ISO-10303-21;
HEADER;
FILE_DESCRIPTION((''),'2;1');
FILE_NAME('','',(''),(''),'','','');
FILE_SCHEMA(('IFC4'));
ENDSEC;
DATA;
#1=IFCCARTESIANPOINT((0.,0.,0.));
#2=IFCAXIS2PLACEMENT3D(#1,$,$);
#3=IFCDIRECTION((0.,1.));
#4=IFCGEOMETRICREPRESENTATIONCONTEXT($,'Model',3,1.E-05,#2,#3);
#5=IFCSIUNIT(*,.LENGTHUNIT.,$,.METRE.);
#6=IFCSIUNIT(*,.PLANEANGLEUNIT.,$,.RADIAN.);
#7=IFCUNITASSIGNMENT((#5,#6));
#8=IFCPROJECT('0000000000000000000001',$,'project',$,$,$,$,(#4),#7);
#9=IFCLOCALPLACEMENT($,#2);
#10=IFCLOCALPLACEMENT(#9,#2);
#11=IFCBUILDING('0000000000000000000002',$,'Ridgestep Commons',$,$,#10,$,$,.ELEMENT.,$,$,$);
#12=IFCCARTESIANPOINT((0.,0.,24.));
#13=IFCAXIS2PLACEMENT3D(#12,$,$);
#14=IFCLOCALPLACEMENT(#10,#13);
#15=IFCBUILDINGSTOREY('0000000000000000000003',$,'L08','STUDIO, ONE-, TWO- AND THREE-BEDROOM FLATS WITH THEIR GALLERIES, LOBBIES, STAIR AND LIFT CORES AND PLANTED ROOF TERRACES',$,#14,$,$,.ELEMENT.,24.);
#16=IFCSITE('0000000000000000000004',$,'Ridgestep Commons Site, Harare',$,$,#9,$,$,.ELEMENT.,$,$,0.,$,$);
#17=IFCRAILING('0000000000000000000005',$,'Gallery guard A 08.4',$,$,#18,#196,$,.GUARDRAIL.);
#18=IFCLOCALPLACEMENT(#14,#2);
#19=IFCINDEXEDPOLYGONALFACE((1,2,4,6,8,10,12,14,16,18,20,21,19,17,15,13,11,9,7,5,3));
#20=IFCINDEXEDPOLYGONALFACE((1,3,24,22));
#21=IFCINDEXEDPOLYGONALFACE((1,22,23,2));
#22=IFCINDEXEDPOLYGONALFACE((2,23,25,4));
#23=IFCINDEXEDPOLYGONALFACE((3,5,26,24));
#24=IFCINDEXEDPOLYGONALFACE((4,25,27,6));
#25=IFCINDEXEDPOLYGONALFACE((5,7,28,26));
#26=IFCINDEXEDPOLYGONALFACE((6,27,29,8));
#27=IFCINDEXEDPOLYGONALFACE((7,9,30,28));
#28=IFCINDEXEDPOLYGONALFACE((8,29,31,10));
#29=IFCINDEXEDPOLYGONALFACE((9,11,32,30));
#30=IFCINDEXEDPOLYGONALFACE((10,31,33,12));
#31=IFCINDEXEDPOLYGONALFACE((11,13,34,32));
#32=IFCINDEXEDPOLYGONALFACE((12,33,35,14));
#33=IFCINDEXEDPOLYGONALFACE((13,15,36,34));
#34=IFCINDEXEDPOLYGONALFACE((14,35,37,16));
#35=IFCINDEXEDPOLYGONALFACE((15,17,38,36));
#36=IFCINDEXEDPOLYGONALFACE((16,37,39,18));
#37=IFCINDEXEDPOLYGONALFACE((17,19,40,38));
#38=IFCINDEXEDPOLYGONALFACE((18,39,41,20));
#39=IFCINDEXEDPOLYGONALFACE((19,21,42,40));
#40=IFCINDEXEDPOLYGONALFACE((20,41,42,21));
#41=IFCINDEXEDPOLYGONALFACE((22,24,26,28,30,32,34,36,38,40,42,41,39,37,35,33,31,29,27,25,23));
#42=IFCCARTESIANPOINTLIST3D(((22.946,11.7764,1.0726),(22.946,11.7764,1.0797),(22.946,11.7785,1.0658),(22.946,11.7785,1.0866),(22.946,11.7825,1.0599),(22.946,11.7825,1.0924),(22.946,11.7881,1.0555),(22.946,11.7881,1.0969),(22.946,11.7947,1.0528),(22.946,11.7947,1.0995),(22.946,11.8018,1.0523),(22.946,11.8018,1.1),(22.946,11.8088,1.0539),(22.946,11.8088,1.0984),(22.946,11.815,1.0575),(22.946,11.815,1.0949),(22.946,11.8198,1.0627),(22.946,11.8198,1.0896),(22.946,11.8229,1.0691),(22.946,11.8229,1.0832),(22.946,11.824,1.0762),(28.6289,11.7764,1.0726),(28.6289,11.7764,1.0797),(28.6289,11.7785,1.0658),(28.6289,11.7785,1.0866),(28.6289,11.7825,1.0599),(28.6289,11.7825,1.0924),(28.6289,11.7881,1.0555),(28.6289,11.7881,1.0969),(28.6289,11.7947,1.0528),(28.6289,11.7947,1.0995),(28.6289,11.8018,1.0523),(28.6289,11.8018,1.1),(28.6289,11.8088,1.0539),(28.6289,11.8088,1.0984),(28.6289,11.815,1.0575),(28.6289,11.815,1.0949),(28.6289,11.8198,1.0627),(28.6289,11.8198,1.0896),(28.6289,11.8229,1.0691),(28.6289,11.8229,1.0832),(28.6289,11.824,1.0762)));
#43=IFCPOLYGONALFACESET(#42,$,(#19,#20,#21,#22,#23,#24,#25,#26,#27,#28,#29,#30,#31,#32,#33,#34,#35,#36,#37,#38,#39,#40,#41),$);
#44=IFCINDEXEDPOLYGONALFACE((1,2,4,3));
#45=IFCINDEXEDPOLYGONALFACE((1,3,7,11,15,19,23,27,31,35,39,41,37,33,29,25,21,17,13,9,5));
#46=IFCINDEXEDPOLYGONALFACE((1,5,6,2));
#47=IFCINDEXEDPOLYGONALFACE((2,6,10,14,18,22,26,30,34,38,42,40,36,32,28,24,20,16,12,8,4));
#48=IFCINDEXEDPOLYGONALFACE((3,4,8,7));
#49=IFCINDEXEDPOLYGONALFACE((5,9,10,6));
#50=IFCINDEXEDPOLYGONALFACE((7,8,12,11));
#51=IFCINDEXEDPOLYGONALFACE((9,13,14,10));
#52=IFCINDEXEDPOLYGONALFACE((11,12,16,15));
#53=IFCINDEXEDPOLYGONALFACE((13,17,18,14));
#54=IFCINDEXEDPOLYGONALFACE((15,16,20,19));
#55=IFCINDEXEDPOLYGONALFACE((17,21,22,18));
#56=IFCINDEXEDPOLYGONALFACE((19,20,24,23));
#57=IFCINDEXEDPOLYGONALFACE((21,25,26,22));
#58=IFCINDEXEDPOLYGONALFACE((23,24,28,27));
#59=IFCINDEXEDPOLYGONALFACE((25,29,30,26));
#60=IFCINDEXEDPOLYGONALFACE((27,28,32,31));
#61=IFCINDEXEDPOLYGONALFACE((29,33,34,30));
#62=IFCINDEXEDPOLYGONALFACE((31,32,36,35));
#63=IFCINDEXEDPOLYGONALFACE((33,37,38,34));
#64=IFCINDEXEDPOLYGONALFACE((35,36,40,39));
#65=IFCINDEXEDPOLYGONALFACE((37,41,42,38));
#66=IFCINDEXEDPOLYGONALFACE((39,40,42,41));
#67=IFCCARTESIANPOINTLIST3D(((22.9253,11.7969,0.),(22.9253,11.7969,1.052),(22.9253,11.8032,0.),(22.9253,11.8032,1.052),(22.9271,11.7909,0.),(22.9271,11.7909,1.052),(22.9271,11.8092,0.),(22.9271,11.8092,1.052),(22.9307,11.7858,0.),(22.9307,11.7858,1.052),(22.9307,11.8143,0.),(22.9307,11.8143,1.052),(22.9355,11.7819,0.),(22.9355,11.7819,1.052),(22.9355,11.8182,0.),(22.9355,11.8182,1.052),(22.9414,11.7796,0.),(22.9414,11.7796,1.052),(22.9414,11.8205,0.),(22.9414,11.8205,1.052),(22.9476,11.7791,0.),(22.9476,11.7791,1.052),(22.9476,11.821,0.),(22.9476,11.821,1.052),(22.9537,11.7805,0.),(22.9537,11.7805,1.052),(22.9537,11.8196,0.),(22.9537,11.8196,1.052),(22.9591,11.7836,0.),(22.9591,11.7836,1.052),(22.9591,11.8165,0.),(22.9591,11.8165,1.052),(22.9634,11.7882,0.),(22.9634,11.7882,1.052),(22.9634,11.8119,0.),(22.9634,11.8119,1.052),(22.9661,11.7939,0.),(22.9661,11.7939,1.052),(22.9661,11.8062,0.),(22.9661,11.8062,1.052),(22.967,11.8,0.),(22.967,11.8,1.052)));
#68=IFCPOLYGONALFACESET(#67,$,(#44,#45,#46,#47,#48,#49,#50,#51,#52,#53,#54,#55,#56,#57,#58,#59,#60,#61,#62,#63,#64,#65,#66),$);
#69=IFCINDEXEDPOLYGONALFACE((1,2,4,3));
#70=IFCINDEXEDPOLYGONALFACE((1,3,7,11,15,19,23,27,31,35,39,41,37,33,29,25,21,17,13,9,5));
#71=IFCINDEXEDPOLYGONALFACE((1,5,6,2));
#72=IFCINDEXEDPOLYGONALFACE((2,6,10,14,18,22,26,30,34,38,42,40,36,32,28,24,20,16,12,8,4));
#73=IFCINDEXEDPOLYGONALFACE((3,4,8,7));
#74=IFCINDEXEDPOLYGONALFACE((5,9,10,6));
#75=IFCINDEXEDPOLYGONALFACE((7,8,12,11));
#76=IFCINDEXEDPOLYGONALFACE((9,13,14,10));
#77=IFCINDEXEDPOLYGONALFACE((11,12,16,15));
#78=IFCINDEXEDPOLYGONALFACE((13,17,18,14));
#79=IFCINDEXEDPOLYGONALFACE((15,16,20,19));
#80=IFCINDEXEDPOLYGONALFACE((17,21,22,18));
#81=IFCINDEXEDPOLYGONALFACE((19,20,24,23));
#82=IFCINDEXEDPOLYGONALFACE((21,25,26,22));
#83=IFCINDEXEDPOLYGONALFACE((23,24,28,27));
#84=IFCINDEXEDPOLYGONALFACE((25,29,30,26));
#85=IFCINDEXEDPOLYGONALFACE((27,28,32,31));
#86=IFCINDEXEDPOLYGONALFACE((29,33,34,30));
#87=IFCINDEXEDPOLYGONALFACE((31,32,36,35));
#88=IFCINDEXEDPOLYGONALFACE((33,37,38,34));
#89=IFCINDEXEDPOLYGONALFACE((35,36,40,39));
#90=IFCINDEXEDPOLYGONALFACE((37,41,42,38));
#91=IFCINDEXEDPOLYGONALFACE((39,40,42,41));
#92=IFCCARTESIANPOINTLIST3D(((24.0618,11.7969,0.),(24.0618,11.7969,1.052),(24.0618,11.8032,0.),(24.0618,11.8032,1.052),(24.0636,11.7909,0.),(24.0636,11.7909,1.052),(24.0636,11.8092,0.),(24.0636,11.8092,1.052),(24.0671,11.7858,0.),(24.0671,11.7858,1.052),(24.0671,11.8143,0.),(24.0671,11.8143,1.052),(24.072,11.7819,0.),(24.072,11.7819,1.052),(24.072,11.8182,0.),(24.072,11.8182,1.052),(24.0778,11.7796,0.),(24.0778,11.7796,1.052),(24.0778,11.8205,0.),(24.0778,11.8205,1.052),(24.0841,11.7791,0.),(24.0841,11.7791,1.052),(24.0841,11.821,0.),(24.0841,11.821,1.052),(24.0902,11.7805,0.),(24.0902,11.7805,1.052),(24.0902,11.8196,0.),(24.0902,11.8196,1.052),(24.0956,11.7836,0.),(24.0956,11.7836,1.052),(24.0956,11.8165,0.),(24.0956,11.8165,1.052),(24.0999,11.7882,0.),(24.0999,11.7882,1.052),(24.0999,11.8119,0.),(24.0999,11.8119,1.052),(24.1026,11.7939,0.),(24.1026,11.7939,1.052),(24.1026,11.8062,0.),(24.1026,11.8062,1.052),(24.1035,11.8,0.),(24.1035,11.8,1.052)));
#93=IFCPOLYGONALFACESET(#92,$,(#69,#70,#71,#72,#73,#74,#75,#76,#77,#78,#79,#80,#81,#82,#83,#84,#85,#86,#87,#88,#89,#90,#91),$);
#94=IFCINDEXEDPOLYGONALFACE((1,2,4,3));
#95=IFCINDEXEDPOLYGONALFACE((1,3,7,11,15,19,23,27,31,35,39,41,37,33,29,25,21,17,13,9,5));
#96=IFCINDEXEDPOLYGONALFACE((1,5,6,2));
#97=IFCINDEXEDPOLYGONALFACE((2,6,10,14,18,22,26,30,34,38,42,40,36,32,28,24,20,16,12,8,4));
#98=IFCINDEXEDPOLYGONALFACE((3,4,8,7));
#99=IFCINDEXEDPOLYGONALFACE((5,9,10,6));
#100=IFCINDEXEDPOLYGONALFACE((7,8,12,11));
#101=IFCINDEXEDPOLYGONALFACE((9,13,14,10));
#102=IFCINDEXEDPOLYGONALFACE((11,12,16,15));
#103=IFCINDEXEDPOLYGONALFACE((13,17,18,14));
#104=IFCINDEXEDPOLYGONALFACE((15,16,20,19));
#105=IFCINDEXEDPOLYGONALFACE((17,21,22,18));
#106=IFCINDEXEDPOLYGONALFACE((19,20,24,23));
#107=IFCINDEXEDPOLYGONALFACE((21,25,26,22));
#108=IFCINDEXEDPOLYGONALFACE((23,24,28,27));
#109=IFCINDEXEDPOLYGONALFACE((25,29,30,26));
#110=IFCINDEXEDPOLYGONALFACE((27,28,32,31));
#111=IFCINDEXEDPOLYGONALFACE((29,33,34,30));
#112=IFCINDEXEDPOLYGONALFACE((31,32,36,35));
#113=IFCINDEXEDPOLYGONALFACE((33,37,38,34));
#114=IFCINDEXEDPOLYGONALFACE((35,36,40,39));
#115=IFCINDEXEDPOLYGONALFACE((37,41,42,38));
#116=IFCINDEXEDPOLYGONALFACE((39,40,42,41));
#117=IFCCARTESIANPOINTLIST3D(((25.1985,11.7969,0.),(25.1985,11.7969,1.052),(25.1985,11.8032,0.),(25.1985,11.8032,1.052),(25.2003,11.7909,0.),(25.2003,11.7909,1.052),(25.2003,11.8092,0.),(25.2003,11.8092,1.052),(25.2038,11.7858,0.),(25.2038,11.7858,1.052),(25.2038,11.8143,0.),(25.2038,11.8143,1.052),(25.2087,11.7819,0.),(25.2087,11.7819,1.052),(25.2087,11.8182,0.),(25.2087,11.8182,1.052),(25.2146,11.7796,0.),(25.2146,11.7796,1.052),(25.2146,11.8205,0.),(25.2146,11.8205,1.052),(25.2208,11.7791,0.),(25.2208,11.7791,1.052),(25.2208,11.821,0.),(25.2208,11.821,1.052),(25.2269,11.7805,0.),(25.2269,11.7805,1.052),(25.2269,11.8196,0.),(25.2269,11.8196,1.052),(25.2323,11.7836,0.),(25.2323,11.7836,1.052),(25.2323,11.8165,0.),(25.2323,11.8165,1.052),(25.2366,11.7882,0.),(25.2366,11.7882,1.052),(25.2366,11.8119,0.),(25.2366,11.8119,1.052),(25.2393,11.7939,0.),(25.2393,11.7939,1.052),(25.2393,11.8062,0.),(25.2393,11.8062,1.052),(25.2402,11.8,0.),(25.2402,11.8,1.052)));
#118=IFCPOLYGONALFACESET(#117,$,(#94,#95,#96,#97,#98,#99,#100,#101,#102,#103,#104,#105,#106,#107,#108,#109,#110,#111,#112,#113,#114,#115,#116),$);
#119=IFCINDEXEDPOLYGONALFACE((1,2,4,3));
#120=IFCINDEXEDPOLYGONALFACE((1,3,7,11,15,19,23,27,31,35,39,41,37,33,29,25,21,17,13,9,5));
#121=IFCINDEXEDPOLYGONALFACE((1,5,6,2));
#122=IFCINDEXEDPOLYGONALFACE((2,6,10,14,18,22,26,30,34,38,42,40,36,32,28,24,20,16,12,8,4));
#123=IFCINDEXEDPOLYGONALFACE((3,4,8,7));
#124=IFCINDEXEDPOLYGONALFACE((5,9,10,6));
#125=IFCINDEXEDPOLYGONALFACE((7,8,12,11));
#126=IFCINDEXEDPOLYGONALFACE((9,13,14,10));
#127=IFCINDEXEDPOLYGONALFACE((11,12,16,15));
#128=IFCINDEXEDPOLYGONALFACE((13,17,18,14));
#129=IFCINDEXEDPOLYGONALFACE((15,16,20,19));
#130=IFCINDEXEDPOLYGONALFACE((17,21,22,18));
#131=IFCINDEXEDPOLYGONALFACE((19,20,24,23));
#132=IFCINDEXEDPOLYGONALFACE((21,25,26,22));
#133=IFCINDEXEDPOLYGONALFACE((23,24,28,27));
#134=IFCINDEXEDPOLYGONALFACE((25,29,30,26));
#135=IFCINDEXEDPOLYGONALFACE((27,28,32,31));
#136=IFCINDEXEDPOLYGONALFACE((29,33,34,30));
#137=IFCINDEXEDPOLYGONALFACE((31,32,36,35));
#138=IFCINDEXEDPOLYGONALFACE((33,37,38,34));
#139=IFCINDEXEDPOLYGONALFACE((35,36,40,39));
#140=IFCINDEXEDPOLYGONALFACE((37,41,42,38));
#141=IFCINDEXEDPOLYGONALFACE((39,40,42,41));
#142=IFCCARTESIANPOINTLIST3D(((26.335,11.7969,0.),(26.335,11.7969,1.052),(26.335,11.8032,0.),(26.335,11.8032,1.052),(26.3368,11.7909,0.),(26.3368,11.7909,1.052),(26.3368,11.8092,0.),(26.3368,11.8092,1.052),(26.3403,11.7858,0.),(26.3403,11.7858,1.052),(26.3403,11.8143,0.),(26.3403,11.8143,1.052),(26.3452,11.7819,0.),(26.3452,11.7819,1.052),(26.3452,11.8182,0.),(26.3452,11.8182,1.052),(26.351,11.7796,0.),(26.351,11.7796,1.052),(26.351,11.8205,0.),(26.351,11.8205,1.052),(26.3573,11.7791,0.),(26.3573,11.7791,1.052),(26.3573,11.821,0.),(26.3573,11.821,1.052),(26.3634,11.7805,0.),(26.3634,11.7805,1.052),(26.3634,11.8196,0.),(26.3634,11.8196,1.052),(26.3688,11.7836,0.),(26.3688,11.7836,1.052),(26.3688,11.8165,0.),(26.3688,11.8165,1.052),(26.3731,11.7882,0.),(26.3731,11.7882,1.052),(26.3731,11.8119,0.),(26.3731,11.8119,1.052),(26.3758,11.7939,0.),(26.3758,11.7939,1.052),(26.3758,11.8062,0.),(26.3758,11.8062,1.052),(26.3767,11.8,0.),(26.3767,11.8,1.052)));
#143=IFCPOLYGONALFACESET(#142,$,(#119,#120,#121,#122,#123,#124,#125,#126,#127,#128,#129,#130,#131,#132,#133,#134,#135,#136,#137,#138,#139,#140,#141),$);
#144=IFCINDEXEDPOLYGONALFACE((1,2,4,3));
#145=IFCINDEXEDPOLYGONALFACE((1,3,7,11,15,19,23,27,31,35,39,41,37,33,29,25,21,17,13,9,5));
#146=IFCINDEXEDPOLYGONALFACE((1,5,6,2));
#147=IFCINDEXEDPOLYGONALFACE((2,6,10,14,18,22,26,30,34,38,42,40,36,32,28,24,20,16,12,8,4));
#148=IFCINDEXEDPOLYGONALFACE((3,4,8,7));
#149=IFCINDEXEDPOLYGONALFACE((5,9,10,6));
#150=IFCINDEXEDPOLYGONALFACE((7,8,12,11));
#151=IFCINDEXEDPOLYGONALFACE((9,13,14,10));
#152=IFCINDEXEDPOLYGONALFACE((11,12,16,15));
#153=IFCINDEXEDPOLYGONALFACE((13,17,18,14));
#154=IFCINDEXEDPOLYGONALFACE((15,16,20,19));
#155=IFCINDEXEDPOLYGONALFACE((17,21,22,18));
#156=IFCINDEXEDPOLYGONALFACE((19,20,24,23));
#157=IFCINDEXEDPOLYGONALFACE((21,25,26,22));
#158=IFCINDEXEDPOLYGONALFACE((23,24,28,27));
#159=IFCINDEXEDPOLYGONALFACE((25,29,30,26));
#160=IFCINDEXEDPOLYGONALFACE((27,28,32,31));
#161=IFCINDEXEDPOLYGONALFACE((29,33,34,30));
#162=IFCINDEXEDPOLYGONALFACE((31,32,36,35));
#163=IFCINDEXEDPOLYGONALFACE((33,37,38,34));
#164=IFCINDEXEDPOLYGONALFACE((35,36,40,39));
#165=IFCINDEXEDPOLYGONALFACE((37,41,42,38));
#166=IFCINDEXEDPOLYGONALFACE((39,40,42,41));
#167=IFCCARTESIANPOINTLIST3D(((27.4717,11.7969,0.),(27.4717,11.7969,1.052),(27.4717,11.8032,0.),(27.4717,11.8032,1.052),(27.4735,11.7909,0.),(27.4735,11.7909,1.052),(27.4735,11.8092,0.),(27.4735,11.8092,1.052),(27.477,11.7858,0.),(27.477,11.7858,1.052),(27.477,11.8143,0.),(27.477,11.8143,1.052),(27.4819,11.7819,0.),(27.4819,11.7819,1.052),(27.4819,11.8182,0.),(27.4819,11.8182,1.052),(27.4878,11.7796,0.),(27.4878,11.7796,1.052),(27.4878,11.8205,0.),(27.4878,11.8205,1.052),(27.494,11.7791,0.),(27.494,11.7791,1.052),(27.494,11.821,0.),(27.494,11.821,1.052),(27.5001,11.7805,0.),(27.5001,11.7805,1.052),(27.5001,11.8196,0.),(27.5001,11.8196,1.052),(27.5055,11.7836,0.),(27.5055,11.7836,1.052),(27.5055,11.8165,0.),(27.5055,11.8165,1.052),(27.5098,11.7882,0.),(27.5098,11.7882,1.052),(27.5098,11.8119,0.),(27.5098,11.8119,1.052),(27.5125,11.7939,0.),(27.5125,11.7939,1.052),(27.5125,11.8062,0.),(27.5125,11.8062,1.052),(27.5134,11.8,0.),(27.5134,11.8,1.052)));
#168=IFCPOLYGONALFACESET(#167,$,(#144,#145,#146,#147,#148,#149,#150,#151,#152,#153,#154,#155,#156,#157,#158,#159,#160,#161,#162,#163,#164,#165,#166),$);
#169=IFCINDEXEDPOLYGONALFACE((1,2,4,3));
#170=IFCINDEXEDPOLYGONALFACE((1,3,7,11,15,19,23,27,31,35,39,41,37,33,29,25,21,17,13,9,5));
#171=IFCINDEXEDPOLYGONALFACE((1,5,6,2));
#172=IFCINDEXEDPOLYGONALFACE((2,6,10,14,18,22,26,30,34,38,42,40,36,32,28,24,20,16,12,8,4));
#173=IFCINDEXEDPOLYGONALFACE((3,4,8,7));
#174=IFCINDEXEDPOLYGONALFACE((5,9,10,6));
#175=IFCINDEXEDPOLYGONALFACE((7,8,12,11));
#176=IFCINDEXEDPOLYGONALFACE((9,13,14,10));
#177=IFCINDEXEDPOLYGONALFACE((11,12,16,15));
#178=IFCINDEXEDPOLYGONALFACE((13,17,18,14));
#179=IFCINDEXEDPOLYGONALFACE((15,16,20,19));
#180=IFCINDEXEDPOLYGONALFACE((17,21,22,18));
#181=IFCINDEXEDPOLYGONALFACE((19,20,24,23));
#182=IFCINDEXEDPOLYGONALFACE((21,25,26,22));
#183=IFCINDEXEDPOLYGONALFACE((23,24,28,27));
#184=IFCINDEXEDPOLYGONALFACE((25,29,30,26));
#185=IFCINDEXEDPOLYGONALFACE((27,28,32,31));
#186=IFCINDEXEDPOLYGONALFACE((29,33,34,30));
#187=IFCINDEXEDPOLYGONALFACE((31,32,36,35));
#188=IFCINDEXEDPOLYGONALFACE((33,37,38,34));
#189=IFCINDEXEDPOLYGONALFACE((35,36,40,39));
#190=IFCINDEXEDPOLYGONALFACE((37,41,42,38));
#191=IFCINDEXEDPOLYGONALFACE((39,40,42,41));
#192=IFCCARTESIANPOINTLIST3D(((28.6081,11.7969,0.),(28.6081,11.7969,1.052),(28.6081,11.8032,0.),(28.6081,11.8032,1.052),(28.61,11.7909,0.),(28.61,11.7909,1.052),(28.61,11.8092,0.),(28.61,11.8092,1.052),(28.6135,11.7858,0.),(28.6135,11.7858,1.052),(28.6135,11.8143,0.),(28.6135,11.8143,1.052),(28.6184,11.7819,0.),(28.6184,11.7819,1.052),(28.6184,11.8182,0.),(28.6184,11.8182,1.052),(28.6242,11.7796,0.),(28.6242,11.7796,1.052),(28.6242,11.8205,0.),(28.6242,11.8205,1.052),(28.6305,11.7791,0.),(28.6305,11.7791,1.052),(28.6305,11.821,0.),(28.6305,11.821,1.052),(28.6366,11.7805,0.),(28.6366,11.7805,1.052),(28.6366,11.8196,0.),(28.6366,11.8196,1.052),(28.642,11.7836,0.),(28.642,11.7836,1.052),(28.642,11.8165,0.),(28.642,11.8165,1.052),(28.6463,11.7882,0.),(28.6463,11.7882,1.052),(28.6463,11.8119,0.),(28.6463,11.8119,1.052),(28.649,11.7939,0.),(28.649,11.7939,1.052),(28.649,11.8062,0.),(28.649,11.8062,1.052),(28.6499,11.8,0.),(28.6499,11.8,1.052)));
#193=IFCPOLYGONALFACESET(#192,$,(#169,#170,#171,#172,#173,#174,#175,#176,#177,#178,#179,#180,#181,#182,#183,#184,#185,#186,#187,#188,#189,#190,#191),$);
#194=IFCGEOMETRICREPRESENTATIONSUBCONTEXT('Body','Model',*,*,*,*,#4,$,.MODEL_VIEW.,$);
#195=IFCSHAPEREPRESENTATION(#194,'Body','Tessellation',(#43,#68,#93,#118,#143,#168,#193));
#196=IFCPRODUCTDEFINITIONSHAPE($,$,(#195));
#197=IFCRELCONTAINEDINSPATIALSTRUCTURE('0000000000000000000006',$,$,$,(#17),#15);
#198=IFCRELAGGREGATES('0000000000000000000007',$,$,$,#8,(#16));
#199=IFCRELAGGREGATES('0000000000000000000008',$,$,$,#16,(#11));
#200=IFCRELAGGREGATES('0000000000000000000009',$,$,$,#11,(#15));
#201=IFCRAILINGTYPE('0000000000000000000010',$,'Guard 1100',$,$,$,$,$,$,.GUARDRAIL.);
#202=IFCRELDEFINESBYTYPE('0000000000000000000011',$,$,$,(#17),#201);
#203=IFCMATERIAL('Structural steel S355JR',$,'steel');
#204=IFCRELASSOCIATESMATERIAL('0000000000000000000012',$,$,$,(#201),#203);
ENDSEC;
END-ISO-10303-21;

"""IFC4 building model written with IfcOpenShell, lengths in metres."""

from ifc_helpers import new_model, si_unit, direction, frame, origin, origin_2d, place, context, subcontext, project, spatial, circle, extrude, material, type_object, element, save


model = new_model("IFC4")

# Units and contexts
model_context = context("Model", 3, precision=1e-05, world=origin(), true_north=direction((0.0, 1.0)))
body_context = subcontext(model_context, "Body", "Model", "MODEL_VIEW")
ifc_project = project(units=[si_unit("LENGTHUNIT", "METRE"), si_unit("PLANEANGLEUNIT", "RADIAN")], contexts=[model_context])

# Site, building, storey
site_placement = place(None, origin())
site = spatial("IfcSite", under=ifc_project, at=site_placement, Name="Ridgestep Commons Site, Harare", CompositionType="ELEMENT", RefElevation=0.0)
building_placement = place(site_placement, origin())
building = spatial("IfcBuilding", under=site, at=building_placement, Name="Ridgestep Commons", CompositionType="ELEMENT")
storey_placement = place(building_placement, frame((0.0, 0.0, 24.0)))
storey = spatial("IfcBuildingStorey", under=building, at=storey_placement, Name="L08", Description="STUDIO, ONE-, TWO- AND THREE-BEDROOM FLATS WITH THEIR GALLERIES, LOBBIES, STAIR AND LIFT CORES AND PLANTED ROOF TERRACES", CompositionType="ELEMENT", Elevation=24.0)

# Railing
ifc_material_1 = material(Name="Structural steel S355JR", Category="steel")
railing_type = type_object("IfcRailingType", Name="Guard 1100", PredefinedType="GUARDRAIL", material=ifc_material_1)
railing_1_placement = place(storey_placement, frame((22.946, 11.8, 0.0)))
element("IfcRailing", 1, at=railing_1_placement, inside=storey, type_object=railing_type, Name="Gallery guard A 08.4", PredefinedType="GUARDRAIL", context=body_context, shape_type="SweptSolid", body=[
    extrude(circle(Radius=0.0239, at=origin_2d()), frame((0.0, 0.0, 1.0762), z_axis=(1.0, 0.0, 0.0), x_axis=(0.0, 1.0, 0.0)), (0.0, 0.0, 1.0), 5.6829),
    extrude(circle(Radius=0.021, at=origin_2d()), origin(), (0.0, 0.0, 1.0), 1.052),
    extrude(circle(Radius=0.021, at=origin_2d()), frame((1.1365, 0.0, 0.0)), (0.0, 0.0, 1.0), 1.052),
    extrude(circle(Radius=0.021, at=origin_2d()), frame((2.2732, 0.0, 0.0)), (0.0, 0.0, 1.0), 1.052),
    extrude(circle(Radius=0.021, at=origin_2d()), frame((3.4097, 0.0, 0.0)), (0.0, 0.0, 1.0), 1.052),
    extrude(circle(Radius=0.021, at=origin_2d()), frame((4.5464, 0.0, 0.0)), (0.0, 0.0, 1.0), 1.052),
    extrude(circle(Radius=0.021, at=origin_2d()), frame((5.6829, 0.0, 0.0)), (0.0, 0.0, 1.0), 1.052),
])

save(model, "model.ifc")
